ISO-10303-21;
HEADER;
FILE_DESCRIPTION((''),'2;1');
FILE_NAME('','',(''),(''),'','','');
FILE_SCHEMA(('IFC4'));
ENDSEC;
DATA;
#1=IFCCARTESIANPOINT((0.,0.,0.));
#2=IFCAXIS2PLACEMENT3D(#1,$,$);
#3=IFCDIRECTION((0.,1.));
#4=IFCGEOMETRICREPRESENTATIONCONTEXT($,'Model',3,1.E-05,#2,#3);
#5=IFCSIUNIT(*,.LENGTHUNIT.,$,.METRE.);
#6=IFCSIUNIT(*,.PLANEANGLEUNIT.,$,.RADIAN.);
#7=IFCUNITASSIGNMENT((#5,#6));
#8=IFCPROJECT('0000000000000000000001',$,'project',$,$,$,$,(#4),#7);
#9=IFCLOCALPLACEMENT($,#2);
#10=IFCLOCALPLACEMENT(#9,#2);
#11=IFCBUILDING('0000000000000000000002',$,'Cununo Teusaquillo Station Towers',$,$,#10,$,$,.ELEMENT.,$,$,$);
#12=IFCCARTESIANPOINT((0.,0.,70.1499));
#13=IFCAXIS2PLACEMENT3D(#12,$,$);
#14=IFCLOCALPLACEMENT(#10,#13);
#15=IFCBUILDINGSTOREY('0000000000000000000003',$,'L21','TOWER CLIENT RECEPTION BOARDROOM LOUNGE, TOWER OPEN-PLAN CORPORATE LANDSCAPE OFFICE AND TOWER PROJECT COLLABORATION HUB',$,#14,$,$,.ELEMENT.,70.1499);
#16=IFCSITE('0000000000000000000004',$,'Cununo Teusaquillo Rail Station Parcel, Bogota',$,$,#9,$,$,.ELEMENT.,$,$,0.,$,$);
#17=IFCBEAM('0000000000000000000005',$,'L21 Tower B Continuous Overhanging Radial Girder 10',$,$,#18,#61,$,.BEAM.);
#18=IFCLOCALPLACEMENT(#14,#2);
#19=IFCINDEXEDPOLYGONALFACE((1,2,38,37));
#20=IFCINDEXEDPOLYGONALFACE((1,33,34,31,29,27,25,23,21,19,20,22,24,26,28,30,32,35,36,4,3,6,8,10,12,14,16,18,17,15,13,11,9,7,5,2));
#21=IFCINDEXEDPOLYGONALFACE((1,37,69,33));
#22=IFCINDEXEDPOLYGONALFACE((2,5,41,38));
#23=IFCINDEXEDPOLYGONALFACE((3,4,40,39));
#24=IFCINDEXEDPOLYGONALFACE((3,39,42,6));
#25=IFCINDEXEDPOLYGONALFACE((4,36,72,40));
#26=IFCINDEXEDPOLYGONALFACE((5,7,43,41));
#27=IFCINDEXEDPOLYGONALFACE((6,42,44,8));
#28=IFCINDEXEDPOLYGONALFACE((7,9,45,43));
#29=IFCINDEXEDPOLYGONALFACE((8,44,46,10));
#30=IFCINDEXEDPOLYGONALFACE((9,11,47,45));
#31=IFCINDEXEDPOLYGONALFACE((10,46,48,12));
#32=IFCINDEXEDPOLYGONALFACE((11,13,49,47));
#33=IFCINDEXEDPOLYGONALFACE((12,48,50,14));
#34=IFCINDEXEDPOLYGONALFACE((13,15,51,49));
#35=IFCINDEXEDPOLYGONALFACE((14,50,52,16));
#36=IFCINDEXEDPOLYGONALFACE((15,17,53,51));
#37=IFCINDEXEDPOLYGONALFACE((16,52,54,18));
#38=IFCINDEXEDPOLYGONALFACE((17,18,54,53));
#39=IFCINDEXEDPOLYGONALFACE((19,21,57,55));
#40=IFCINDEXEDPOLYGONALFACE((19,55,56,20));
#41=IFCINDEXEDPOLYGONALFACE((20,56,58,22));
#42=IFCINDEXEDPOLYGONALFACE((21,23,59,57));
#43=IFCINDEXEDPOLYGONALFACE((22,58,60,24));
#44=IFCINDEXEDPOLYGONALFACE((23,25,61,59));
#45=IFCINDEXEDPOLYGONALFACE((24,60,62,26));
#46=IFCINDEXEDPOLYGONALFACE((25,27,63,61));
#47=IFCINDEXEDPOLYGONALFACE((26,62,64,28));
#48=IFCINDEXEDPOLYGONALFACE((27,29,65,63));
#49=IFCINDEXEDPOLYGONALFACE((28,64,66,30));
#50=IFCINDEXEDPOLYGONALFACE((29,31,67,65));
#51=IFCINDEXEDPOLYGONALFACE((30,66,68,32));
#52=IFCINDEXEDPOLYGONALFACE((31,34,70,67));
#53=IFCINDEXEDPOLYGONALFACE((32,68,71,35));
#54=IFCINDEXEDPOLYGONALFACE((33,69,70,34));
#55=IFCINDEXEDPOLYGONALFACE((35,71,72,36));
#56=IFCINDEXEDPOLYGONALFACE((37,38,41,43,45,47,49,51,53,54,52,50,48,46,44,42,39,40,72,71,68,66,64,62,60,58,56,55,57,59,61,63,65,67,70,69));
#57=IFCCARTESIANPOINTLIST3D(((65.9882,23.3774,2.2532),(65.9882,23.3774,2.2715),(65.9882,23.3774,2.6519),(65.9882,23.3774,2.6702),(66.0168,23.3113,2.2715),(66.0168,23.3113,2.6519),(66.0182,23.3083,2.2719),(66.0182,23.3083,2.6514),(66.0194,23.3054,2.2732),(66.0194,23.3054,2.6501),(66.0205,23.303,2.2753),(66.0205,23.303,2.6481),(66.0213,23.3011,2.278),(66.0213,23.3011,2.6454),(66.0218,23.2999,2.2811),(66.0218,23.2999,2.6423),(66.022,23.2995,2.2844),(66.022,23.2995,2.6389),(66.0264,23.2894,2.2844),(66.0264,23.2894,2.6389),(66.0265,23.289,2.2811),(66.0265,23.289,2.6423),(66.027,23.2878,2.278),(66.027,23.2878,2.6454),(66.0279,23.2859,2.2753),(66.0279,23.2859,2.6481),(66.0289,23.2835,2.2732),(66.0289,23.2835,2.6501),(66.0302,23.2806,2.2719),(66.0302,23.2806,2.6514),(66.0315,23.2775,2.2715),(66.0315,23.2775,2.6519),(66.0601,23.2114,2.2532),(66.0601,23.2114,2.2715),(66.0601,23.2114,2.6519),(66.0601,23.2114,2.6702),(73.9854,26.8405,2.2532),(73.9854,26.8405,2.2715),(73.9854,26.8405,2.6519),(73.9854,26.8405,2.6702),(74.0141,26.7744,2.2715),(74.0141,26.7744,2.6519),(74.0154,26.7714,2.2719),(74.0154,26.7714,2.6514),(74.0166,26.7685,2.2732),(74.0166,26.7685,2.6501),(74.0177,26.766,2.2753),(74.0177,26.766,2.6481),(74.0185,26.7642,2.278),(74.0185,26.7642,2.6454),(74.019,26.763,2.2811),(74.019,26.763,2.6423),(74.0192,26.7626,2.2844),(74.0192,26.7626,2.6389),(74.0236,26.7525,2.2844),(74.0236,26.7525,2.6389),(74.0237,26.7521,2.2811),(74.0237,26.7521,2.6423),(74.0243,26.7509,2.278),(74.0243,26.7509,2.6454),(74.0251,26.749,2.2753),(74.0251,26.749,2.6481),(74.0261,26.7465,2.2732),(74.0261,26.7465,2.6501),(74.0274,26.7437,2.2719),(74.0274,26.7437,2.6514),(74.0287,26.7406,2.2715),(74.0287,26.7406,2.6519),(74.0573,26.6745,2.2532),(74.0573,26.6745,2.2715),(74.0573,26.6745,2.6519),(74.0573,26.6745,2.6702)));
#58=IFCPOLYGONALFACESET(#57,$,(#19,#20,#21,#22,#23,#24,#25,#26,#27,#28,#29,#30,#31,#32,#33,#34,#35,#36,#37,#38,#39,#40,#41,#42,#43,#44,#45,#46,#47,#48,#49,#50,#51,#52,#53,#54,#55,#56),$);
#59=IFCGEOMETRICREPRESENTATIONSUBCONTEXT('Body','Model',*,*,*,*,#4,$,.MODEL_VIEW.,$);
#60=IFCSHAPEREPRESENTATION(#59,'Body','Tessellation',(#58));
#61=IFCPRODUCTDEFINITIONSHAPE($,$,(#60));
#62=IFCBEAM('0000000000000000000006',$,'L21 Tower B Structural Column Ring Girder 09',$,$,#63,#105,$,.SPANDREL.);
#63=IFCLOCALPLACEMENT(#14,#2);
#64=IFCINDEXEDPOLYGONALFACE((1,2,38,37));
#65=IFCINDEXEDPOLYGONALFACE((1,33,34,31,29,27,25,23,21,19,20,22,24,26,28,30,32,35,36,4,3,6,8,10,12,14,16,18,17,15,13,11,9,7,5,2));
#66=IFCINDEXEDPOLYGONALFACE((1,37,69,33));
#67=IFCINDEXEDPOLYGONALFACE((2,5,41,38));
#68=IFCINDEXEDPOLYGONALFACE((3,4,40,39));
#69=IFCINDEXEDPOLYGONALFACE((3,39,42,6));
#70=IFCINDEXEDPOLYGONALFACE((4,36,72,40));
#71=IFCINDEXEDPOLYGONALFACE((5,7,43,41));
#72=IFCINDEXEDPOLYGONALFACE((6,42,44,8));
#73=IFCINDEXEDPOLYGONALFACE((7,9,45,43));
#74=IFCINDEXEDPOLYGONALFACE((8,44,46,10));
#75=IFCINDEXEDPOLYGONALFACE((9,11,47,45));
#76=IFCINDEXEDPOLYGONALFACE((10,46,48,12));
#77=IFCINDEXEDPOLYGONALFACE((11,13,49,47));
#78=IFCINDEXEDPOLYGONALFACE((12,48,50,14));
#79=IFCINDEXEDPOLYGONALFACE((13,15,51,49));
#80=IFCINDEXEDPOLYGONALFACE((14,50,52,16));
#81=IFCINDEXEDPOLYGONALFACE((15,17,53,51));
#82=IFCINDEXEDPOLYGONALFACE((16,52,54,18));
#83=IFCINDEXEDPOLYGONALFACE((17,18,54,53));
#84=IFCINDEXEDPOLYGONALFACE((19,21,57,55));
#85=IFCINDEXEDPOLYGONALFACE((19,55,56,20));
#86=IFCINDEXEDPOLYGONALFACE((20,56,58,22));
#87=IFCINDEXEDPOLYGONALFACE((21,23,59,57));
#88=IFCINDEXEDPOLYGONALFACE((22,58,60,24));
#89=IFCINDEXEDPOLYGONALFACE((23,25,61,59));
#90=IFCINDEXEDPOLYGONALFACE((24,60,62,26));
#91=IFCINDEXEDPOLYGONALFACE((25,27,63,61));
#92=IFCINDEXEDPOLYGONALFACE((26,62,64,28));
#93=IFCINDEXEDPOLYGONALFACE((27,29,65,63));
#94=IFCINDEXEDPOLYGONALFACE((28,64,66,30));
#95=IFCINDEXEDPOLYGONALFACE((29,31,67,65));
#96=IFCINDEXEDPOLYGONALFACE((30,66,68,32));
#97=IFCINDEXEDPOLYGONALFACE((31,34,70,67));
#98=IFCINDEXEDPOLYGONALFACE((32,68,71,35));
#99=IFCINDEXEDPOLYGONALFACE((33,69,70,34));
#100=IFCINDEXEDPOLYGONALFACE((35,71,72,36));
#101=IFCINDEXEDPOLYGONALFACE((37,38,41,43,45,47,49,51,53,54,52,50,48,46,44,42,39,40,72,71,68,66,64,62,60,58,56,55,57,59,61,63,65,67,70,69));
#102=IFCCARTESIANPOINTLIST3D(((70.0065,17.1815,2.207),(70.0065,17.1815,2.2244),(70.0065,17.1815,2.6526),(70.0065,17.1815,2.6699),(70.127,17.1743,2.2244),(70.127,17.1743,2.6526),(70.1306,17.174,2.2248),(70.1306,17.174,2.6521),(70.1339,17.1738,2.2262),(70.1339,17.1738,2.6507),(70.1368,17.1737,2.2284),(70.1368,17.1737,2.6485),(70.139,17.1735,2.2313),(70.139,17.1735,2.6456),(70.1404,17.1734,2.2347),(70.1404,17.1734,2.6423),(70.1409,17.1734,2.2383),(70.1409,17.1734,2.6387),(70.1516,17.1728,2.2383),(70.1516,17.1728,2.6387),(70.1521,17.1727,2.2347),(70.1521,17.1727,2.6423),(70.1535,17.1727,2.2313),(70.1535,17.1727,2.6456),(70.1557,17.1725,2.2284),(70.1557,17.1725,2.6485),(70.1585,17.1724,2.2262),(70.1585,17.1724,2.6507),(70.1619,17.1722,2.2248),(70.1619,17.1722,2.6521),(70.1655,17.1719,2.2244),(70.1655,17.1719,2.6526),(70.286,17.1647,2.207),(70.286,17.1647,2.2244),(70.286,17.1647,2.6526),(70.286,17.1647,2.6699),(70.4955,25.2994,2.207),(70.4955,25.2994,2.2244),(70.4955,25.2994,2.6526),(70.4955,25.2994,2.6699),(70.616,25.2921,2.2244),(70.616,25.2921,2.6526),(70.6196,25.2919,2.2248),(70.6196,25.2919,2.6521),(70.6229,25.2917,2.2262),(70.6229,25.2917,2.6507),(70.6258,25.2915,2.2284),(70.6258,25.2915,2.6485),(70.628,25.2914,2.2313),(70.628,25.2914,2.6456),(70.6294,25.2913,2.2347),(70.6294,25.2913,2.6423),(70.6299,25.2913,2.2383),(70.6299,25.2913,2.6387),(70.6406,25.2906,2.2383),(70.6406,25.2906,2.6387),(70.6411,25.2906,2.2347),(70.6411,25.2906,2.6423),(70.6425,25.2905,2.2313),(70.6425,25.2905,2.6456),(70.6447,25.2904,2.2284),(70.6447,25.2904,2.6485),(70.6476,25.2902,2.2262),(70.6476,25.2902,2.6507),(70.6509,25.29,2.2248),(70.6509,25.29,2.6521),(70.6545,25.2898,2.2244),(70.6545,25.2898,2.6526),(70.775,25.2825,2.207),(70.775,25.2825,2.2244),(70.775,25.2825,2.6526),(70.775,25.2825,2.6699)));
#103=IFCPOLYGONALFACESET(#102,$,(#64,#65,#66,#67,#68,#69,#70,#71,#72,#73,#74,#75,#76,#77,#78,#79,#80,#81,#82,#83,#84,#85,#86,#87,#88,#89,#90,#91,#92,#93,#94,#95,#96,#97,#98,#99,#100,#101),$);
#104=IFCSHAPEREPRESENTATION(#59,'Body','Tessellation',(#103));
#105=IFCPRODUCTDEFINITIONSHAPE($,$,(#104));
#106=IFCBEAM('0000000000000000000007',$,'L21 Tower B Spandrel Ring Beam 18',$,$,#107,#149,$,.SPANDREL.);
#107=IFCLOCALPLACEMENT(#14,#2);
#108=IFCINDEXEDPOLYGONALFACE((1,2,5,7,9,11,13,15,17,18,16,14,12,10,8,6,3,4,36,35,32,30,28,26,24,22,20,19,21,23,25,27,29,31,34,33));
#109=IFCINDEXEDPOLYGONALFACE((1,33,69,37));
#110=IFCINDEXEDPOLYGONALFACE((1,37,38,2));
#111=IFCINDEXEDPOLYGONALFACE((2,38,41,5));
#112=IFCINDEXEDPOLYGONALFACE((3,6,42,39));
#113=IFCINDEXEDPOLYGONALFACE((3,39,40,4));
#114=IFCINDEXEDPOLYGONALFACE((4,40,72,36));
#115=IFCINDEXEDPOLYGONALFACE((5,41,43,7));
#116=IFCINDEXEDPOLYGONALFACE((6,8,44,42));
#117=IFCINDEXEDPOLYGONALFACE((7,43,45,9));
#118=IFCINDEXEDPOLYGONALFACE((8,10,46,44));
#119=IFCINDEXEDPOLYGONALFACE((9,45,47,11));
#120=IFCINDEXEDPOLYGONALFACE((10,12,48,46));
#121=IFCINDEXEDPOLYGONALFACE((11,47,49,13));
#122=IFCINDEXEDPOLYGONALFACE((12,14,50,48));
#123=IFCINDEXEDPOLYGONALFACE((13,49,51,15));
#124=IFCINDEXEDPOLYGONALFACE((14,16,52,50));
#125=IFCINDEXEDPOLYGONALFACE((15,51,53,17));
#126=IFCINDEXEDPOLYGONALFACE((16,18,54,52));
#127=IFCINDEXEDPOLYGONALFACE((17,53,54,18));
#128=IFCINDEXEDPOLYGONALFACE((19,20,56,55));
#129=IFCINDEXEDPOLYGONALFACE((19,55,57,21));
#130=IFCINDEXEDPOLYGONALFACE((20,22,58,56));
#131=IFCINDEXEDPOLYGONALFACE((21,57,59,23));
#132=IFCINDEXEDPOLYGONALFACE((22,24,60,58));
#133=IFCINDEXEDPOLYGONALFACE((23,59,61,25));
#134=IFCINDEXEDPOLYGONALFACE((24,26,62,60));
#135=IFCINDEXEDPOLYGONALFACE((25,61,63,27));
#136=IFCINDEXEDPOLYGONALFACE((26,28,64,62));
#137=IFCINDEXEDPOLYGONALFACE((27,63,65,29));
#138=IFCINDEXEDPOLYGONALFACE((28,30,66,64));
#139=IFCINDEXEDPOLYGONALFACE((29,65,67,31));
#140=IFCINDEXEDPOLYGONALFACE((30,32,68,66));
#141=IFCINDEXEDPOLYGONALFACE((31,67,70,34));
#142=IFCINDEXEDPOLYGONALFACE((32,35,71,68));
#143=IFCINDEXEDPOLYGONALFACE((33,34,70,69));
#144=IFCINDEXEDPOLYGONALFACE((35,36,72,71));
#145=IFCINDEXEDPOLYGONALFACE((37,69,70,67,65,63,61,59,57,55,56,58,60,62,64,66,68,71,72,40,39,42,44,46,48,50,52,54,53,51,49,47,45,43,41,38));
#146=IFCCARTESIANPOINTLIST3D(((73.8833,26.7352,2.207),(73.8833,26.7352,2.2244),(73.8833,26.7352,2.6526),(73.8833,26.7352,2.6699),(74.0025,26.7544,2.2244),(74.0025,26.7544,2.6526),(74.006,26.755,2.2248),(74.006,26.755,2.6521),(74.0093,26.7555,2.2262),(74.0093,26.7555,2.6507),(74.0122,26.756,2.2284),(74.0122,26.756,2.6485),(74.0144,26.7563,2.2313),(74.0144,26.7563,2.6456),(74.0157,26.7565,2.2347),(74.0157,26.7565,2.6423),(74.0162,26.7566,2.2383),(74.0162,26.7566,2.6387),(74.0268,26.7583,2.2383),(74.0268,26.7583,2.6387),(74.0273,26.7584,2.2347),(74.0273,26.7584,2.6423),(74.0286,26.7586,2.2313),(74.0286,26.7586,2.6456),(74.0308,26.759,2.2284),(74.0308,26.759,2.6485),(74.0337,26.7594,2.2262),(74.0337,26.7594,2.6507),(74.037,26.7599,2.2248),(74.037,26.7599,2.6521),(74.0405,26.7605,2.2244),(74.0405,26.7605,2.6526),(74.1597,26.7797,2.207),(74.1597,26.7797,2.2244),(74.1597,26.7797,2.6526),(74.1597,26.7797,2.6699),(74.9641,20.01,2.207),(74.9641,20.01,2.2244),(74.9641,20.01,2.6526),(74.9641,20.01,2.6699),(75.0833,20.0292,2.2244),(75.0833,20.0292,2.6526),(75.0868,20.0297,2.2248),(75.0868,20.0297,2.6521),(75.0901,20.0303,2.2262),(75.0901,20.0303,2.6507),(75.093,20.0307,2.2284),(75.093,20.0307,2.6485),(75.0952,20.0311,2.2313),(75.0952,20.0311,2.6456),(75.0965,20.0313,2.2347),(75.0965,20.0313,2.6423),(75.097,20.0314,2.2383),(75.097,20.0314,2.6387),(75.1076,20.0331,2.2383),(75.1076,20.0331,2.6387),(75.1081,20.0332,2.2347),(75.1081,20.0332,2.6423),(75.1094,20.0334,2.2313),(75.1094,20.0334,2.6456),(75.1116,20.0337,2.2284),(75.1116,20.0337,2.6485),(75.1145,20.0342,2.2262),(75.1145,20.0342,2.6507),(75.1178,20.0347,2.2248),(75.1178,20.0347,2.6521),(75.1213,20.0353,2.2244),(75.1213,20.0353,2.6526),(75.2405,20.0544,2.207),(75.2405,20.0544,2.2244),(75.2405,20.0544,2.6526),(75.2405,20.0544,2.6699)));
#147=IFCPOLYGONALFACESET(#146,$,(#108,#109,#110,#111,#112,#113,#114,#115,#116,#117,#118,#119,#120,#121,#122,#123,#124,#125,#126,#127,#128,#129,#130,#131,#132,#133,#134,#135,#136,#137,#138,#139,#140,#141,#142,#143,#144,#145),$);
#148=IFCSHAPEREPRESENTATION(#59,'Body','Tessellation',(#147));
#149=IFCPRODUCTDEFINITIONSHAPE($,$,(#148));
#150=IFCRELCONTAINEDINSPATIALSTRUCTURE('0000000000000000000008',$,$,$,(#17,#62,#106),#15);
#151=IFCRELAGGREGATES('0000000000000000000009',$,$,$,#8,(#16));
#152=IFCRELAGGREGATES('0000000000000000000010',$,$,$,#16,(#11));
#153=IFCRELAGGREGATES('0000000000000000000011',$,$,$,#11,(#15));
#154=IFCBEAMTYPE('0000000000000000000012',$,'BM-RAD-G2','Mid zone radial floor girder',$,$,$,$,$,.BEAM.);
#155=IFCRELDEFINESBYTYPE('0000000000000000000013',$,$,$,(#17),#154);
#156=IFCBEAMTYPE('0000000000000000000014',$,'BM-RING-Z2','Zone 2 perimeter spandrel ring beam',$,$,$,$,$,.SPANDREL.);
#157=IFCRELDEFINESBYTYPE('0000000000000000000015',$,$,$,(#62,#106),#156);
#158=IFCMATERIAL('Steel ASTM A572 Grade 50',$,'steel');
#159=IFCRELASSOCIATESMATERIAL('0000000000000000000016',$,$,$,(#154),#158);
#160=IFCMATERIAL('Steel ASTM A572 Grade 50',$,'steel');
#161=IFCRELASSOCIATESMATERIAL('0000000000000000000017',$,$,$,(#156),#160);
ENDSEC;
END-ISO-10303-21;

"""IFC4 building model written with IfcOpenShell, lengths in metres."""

from ifc_helpers import new_model, si_unit, direction, frame, origin, origin_2d, place, context, subcontext, project, spatial, i_section, extrude, material, material_profile, profile_set, type_object, element, save


model = new_model("IFC4")

# Units and contexts
model_context = context("Model", 3, precision=1e-05, world=origin(), true_north=direction((0.0, 1.0)))
body_context = subcontext(model_context, "Body", "Model", "MODEL_VIEW")
ifc_project = project(units=[si_unit("LENGTHUNIT", "METRE"), si_unit("PLANEANGLEUNIT", "RADIAN")], contexts=[model_context])

# Site, building, storey
site_placement = place(None, origin())
site = spatial("IfcSite", under=ifc_project, at=site_placement, Name="Cununo Teusaquillo Rail Station Parcel, Bogota", CompositionType="ELEMENT", RefElevation=0.0)
building_placement = place(site_placement, origin())
building = spatial("IfcBuilding", under=site, at=building_placement, Name="Cununo Teusaquillo Station Towers", CompositionType="ELEMENT")
storey_placement = place(building_placement, frame((0.0, 0.0, 70.1499)))
storey = spatial("IfcBuildingStorey", under=building, at=storey_placement, Name="L21", Description="TOWER CLIENT RECEPTION BOARDROOM LOUNGE, TOWER OPEN-PLAN CORPORATE LANDSCAPE OFFICE AND TOWER PROJECT COLLABORATION HUB", CompositionType="ELEMENT", Elevation=70.1499)

# Beams
ifc_material_1 = material(Name="Steel ASTM A572 Grade 50", Category="steel")
ifc_material_profile_1 = material_profile(ifc_material_1, i_section(OverallWidth=0.1809, OverallDepth=0.417, WebThickness=0.011, FlangeThickness=0.0183, FilletRadius=0.0129, at=origin_2d()), Name="W16X57")
ifc_profile_set_1 = profile_set([ifc_material_profile_1], Name="Steel ASTM A572 Grade 50")
beam_type_1 = type_object("IfcBeamType", Name="BM-RAD-G2", Description="Mid zone radial floor girder", PredefinedType="BEAM", material=ifc_profile_set_1)
beam_1_placement = place(storey_placement, frame((66.0242, 23.2944, 2.4617), z_axis=(0.917655, 0.397379, 0.0), x_axis=(-0.397379, 0.917655, 0.0)))
element("IfcBeam", 1, at=beam_1_placement, inside=storey, type_object=beam_type_1, Name="L21 Tower B Continuous Overhanging Radial Girder 10", PredefinedType="BEAM", context=body_context, shape_type="SweptSolid", body=[
    extrude(i_section(OverallWidth=0.1809, OverallDepth=0.417, WebThickness=0.011, FlangeThickness=0.0183, FilletRadius=0.0129, at=origin_2d()), origin(), (0.0, 0.0, 1.0), 8.7148),
])
ifc_material_2 = material(Name="Steel ASTM A572 Grade 50", Category="steel")
ifc_material_profile_2 = material_profile(ifc_material_2, i_section(OverallWidth=0.28, OverallDepth=0.4629, WebThickness=0.0107, FlangeThickness=0.0173, FilletRadius=0.0139, at=origin_2d()), Name="W18X76")
ifc_profile_set_2 = profile_set([ifc_material_profile_2], Name="Steel ASTM A572 Grade 50")
beam_type_2 = type_object("IfcBeamType", Name="BM-RING-Z2", Description="Zone 2 perimeter spandrel ring beam", PredefinedType="SPANDREL", material=ifc_profile_set_2)
beam_2_placement = place(storey_placement, frame((70.1462, 17.1731, 2.4385), z_axis=(0.06013, 0.998191, 0.0), x_axis=(-0.998191, 0.06013, 0.0)))
element("IfcBeam", 2, at=beam_2_placement, inside=storey, type_object=beam_type_2, Name="L21 Tower B Structural Column Ring Girder 09", PredefinedType="SPANDREL", context=body_context, shape_type="SweptSolid", body=[
    extrude(i_section(OverallWidth=0.28, OverallDepth=0.4629, WebThickness=0.0107, FlangeThickness=0.0173, FilletRadius=0.0139, at=origin_2d()), origin(), (0.0, 0.0, 1.0), 8.1326),
])
beam_3_placement = place(storey_placement, frame((75.1023, 20.0322, 2.4385), z_axis=(-0.158671, 0.987331, 0.0), x_axis=(-0.987331, -0.158671, 0.0)))
element("IfcBeam", 3, at=beam_3_placement, inside=storey, type_object=beam_type_2, Name="L21 Tower B Spandrel Ring Beam 18", PredefinedType="SPANDREL", context=body_context, shape_type="SweptSolid", body=[
    extrude(i_section(OverallWidth=0.28, OverallDepth=0.4629, WebThickness=0.0107, FlangeThickness=0.0173, FilletRadius=0.0139, at=origin_2d()), origin(), (0.0, 0.0, 1.0), 6.8115),
])

save(model, "model.ifc")
